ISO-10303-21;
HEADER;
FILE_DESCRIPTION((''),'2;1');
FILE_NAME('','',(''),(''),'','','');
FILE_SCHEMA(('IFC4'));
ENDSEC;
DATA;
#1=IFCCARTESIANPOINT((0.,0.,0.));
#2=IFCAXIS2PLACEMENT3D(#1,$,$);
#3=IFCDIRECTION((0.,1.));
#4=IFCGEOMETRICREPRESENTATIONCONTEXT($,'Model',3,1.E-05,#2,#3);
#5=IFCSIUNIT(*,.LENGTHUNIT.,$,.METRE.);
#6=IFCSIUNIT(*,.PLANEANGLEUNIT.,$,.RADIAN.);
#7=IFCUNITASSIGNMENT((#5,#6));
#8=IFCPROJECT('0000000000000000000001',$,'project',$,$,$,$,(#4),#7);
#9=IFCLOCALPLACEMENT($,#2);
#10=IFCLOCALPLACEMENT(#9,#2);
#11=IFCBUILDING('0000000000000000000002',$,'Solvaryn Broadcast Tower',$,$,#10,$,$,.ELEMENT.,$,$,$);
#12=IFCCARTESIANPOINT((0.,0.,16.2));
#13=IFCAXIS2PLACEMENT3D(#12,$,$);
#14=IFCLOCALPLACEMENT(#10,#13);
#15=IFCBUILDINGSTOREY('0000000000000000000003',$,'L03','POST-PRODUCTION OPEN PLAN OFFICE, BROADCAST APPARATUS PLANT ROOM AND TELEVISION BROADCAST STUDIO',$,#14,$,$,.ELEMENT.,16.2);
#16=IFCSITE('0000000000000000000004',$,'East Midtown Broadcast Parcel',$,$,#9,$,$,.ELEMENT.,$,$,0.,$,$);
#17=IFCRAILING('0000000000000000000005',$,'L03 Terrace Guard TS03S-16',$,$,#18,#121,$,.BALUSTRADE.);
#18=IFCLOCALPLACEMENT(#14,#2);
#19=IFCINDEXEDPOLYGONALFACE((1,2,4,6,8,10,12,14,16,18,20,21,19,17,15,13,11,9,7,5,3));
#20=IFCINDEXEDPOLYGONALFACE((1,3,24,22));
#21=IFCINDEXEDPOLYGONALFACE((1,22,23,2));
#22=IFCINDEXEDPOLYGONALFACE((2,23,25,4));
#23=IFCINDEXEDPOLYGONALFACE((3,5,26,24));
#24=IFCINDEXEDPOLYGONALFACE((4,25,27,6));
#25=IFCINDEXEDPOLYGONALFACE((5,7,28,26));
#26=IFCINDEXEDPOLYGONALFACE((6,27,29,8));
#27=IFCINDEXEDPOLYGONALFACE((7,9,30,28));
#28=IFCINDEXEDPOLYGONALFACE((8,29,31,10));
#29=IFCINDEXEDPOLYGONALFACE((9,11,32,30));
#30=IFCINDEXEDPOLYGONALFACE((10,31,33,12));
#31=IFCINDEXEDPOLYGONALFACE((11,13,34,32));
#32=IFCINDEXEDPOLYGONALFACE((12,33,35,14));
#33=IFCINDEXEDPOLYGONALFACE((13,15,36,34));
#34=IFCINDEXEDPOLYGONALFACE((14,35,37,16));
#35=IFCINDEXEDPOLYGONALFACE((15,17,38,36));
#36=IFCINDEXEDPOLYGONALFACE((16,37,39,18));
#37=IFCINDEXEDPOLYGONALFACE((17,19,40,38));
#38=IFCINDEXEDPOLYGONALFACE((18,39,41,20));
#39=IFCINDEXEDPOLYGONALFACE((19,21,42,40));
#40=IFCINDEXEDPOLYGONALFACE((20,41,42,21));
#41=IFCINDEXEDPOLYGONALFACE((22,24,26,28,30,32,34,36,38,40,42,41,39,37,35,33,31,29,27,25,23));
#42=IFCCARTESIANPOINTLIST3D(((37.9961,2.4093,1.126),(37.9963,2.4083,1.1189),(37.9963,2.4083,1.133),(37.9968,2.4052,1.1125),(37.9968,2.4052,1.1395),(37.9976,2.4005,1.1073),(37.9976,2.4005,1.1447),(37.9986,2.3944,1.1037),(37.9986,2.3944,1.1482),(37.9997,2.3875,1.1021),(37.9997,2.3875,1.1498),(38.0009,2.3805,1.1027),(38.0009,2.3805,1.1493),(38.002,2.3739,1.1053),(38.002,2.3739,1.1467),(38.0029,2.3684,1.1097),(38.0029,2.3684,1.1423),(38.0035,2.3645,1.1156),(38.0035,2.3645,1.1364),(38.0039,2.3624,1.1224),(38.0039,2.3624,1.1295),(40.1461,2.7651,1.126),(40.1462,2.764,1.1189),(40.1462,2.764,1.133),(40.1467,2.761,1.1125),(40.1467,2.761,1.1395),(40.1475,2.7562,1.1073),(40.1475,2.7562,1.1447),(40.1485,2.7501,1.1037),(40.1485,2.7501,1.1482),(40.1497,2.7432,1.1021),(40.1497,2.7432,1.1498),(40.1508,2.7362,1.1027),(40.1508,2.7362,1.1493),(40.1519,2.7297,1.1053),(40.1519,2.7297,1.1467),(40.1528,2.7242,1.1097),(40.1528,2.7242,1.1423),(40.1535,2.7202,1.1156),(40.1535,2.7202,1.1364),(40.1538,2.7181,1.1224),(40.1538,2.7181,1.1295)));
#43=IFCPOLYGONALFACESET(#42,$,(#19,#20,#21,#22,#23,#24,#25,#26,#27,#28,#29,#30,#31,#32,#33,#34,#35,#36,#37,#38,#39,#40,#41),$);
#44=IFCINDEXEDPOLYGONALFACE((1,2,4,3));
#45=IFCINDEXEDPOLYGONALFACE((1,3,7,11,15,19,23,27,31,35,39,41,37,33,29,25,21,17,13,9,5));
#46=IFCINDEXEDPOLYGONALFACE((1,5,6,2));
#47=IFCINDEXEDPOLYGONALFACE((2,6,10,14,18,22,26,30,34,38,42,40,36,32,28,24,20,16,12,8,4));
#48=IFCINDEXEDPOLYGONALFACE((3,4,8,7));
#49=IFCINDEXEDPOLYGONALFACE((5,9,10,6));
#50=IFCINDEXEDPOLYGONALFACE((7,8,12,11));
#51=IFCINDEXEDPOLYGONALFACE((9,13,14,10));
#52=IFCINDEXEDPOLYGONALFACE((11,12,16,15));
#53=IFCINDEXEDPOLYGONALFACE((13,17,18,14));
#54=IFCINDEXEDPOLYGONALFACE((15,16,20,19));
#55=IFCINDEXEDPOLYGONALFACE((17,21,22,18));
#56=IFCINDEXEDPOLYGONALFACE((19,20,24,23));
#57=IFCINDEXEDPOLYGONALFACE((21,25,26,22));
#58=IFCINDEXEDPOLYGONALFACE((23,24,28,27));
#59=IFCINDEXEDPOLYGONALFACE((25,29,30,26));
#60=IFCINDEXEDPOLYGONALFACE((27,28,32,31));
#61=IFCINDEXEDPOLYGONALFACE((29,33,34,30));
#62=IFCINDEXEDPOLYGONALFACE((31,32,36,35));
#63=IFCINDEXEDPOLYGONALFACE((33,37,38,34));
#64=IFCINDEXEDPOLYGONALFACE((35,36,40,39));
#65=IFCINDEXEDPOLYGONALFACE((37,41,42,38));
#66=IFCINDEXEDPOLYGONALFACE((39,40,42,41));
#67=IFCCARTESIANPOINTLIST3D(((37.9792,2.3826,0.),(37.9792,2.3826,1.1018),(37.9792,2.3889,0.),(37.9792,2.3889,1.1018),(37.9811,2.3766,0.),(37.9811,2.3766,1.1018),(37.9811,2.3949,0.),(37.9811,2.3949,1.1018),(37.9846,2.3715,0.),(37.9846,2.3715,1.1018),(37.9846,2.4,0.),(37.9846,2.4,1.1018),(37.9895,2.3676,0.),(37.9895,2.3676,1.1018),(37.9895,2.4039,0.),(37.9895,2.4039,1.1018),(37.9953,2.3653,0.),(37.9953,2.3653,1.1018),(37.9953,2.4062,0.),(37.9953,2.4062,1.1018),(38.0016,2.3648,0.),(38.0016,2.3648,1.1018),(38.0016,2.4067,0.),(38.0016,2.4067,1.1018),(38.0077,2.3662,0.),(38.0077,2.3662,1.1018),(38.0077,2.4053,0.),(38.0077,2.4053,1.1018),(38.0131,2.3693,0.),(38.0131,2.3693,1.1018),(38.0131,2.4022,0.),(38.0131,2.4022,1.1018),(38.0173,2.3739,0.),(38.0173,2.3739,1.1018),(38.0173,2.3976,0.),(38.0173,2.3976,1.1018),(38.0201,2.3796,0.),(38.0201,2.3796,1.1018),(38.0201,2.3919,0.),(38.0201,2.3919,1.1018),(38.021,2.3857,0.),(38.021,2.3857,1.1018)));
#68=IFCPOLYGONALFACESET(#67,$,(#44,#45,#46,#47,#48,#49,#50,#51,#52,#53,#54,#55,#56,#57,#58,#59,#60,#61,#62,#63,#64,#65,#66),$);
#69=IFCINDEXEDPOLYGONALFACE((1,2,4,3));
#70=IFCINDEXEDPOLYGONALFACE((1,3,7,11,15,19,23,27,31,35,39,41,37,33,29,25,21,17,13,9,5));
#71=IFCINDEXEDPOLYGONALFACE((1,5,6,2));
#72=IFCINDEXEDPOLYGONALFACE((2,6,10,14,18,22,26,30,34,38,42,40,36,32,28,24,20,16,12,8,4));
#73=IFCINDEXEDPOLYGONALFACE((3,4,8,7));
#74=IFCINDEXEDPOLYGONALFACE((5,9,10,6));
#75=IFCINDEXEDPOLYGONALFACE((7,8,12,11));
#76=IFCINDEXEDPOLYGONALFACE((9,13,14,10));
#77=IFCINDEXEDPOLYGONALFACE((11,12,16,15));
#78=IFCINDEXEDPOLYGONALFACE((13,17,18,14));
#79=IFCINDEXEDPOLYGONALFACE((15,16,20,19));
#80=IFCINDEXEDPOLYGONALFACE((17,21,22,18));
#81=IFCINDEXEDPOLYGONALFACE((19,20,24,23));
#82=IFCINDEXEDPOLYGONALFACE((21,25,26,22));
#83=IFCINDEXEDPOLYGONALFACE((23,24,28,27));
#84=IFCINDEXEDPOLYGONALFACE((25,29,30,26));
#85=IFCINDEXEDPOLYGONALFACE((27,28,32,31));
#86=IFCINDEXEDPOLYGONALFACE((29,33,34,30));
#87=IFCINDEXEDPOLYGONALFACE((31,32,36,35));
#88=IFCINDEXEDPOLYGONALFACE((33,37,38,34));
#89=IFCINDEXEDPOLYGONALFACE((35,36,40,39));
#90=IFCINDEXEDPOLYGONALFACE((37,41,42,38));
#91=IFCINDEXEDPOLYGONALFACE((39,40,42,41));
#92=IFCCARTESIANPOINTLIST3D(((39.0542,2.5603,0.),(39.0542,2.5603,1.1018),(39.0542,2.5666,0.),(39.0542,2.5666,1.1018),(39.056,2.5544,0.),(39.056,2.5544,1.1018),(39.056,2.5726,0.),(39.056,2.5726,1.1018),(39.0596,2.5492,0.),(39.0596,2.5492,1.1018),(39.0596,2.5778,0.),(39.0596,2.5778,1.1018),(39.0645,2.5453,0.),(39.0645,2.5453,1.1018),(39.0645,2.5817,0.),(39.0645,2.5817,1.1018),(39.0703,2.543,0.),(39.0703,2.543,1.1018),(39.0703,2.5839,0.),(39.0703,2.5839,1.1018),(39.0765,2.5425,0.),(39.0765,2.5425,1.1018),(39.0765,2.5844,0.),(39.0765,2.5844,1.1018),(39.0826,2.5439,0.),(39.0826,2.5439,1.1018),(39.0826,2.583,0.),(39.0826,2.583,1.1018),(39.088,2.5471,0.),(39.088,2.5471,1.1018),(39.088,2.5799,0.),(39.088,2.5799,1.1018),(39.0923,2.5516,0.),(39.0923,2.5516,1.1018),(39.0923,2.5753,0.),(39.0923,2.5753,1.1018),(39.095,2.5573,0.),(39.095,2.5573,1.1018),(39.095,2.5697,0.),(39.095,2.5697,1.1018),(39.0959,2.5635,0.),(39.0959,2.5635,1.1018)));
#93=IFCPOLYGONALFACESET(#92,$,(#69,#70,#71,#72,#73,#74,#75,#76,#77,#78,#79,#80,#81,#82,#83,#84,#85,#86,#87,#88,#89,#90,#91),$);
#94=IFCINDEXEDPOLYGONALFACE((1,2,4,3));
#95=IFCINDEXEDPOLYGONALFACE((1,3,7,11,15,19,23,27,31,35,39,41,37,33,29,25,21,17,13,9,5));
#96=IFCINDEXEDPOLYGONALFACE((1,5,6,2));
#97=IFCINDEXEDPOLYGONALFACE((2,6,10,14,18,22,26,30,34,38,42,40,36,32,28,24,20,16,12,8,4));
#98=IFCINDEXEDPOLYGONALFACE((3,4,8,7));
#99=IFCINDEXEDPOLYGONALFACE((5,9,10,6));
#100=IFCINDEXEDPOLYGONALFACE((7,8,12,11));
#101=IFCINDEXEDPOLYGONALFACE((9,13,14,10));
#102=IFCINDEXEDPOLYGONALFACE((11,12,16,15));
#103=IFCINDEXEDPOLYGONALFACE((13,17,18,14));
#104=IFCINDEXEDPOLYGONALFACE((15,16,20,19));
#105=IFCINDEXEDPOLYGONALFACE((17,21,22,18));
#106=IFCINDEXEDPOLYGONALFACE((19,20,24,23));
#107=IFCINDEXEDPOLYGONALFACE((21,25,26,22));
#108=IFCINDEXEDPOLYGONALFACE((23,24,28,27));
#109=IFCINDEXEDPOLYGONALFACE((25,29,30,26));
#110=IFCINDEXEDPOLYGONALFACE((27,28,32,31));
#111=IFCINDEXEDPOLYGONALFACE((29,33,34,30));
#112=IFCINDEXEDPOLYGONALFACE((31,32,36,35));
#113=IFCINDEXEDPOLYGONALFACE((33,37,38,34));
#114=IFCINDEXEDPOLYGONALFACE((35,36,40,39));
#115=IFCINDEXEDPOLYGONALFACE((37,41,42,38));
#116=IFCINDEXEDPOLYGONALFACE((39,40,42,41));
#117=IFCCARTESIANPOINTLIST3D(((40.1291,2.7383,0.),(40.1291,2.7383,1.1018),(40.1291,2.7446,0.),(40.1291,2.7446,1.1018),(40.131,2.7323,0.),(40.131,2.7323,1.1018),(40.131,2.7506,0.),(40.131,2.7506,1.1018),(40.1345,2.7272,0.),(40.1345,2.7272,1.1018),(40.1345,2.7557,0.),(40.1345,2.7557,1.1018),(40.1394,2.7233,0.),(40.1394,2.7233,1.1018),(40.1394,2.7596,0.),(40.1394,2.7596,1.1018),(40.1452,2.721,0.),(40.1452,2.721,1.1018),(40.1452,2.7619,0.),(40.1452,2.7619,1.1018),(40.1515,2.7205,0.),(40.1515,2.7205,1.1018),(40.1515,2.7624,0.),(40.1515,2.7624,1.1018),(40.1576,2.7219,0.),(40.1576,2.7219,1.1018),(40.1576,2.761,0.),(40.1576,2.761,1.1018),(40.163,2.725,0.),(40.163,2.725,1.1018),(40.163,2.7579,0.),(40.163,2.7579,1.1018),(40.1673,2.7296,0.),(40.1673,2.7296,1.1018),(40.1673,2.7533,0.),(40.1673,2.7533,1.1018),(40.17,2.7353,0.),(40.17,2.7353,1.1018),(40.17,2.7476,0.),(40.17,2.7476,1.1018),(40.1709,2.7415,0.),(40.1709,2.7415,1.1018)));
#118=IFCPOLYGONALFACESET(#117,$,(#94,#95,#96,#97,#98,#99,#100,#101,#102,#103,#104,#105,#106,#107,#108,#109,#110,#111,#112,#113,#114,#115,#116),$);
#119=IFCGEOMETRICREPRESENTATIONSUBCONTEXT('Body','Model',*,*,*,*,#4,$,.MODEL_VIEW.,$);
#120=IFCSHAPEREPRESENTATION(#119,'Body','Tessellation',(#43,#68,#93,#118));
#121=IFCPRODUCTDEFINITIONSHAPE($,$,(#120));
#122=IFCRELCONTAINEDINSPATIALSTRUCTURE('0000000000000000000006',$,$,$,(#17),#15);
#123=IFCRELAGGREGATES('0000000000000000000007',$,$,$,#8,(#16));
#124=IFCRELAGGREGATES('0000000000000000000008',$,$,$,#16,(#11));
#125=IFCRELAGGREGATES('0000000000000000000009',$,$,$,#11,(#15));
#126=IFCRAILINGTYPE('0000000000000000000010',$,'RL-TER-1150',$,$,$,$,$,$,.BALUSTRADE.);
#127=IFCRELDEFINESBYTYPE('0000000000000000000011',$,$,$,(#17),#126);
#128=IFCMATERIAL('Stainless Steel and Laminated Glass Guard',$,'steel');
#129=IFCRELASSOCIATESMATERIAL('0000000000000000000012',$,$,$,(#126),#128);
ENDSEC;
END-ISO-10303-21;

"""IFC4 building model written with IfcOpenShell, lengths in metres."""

from ifc_helpers import new_model, si_unit, direction, frame, origin, origin_2d, place, context, subcontext, project, spatial, circle, extrude, material, type_object, element, save


model = new_model("IFC4")

# Units and contexts
model_context = context("Model", 3, precision=1e-05, world=origin(), true_north=direction((0.0, 1.0)))
body_context = subcontext(model_context, "Body", "Model", "MODEL_VIEW")
ifc_project = project(units=[si_unit("LENGTHUNIT", "METRE"), si_unit("PLANEANGLEUNIT", "RADIAN")], contexts=[model_context])

# Site, building, storey
site_placement = place(None, origin())
site = spatial("IfcSite", under=ifc_project, at=site_placement, Name="East Midtown Broadcast Parcel", CompositionType="ELEMENT", RefElevation=0.0)
building_placement = place(site_placement, origin())
building = spatial("IfcBuilding", under=site, at=building_placement, Name="Solvaryn Broadcast Tower", CompositionType="ELEMENT")
storey_placement = place(building_placement, frame((0.0, 0.0, 16.2)))
storey = spatial("IfcBuildingStorey", under=building, at=storey_placement, Name="L03", Description="POST-PRODUCTION OPEN PLAN OFFICE, BROADCAST APPARATUS PLANT ROOM AND TELEVISION BROADCAST STUDIO", CompositionType="ELEMENT", Elevation=16.2)

# Railing
ifc_material_1 = material(Name="Stainless Steel and Laminated Glass Guard", Category="steel")
railing_type = type_object("IfcRailingType", Name="RL-TER-1150", PredefinedType="BALUSTRADE", material=ifc_material_1)
railing_1_placement = place(storey_placement, frame((38.0, 2.3857, 0.0)))
element("IfcRailing", 1, at=railing_1_placement, inside=storey, type_object=railing_type, Name="L03 Terrace Guard TS03S-16", PredefinedType="BALUSTRADE", context=body_context, shape_type="SweptSolid", body=[
    extrude(circle(Radius=0.0239, at=origin_2d()), frame((0.0, 0.0, 1.126), z_axis=(0.986587, 0.163236, 0.0), x_axis=(-0.163236, 0.986587, 0.0)), (0.0, 0.0, 1.0), 2.1792),
    extrude(circle(Radius=0.021, at=origin_2d()), origin(), (0.0, 0.0, 1.0), 1.1018),
    extrude(circle(Radius=0.021, at=origin_2d()), frame((1.075, 0.1777, 0.0)), (0.0, 0.0, 1.0), 1.1018),
    extrude(circle(Radius=0.021, at=origin_2d()), frame((2.1499, 0.3557, 0.0)), (0.0, 0.0, 1.0), 1.1018),
])

save(model, "model.ifc")
